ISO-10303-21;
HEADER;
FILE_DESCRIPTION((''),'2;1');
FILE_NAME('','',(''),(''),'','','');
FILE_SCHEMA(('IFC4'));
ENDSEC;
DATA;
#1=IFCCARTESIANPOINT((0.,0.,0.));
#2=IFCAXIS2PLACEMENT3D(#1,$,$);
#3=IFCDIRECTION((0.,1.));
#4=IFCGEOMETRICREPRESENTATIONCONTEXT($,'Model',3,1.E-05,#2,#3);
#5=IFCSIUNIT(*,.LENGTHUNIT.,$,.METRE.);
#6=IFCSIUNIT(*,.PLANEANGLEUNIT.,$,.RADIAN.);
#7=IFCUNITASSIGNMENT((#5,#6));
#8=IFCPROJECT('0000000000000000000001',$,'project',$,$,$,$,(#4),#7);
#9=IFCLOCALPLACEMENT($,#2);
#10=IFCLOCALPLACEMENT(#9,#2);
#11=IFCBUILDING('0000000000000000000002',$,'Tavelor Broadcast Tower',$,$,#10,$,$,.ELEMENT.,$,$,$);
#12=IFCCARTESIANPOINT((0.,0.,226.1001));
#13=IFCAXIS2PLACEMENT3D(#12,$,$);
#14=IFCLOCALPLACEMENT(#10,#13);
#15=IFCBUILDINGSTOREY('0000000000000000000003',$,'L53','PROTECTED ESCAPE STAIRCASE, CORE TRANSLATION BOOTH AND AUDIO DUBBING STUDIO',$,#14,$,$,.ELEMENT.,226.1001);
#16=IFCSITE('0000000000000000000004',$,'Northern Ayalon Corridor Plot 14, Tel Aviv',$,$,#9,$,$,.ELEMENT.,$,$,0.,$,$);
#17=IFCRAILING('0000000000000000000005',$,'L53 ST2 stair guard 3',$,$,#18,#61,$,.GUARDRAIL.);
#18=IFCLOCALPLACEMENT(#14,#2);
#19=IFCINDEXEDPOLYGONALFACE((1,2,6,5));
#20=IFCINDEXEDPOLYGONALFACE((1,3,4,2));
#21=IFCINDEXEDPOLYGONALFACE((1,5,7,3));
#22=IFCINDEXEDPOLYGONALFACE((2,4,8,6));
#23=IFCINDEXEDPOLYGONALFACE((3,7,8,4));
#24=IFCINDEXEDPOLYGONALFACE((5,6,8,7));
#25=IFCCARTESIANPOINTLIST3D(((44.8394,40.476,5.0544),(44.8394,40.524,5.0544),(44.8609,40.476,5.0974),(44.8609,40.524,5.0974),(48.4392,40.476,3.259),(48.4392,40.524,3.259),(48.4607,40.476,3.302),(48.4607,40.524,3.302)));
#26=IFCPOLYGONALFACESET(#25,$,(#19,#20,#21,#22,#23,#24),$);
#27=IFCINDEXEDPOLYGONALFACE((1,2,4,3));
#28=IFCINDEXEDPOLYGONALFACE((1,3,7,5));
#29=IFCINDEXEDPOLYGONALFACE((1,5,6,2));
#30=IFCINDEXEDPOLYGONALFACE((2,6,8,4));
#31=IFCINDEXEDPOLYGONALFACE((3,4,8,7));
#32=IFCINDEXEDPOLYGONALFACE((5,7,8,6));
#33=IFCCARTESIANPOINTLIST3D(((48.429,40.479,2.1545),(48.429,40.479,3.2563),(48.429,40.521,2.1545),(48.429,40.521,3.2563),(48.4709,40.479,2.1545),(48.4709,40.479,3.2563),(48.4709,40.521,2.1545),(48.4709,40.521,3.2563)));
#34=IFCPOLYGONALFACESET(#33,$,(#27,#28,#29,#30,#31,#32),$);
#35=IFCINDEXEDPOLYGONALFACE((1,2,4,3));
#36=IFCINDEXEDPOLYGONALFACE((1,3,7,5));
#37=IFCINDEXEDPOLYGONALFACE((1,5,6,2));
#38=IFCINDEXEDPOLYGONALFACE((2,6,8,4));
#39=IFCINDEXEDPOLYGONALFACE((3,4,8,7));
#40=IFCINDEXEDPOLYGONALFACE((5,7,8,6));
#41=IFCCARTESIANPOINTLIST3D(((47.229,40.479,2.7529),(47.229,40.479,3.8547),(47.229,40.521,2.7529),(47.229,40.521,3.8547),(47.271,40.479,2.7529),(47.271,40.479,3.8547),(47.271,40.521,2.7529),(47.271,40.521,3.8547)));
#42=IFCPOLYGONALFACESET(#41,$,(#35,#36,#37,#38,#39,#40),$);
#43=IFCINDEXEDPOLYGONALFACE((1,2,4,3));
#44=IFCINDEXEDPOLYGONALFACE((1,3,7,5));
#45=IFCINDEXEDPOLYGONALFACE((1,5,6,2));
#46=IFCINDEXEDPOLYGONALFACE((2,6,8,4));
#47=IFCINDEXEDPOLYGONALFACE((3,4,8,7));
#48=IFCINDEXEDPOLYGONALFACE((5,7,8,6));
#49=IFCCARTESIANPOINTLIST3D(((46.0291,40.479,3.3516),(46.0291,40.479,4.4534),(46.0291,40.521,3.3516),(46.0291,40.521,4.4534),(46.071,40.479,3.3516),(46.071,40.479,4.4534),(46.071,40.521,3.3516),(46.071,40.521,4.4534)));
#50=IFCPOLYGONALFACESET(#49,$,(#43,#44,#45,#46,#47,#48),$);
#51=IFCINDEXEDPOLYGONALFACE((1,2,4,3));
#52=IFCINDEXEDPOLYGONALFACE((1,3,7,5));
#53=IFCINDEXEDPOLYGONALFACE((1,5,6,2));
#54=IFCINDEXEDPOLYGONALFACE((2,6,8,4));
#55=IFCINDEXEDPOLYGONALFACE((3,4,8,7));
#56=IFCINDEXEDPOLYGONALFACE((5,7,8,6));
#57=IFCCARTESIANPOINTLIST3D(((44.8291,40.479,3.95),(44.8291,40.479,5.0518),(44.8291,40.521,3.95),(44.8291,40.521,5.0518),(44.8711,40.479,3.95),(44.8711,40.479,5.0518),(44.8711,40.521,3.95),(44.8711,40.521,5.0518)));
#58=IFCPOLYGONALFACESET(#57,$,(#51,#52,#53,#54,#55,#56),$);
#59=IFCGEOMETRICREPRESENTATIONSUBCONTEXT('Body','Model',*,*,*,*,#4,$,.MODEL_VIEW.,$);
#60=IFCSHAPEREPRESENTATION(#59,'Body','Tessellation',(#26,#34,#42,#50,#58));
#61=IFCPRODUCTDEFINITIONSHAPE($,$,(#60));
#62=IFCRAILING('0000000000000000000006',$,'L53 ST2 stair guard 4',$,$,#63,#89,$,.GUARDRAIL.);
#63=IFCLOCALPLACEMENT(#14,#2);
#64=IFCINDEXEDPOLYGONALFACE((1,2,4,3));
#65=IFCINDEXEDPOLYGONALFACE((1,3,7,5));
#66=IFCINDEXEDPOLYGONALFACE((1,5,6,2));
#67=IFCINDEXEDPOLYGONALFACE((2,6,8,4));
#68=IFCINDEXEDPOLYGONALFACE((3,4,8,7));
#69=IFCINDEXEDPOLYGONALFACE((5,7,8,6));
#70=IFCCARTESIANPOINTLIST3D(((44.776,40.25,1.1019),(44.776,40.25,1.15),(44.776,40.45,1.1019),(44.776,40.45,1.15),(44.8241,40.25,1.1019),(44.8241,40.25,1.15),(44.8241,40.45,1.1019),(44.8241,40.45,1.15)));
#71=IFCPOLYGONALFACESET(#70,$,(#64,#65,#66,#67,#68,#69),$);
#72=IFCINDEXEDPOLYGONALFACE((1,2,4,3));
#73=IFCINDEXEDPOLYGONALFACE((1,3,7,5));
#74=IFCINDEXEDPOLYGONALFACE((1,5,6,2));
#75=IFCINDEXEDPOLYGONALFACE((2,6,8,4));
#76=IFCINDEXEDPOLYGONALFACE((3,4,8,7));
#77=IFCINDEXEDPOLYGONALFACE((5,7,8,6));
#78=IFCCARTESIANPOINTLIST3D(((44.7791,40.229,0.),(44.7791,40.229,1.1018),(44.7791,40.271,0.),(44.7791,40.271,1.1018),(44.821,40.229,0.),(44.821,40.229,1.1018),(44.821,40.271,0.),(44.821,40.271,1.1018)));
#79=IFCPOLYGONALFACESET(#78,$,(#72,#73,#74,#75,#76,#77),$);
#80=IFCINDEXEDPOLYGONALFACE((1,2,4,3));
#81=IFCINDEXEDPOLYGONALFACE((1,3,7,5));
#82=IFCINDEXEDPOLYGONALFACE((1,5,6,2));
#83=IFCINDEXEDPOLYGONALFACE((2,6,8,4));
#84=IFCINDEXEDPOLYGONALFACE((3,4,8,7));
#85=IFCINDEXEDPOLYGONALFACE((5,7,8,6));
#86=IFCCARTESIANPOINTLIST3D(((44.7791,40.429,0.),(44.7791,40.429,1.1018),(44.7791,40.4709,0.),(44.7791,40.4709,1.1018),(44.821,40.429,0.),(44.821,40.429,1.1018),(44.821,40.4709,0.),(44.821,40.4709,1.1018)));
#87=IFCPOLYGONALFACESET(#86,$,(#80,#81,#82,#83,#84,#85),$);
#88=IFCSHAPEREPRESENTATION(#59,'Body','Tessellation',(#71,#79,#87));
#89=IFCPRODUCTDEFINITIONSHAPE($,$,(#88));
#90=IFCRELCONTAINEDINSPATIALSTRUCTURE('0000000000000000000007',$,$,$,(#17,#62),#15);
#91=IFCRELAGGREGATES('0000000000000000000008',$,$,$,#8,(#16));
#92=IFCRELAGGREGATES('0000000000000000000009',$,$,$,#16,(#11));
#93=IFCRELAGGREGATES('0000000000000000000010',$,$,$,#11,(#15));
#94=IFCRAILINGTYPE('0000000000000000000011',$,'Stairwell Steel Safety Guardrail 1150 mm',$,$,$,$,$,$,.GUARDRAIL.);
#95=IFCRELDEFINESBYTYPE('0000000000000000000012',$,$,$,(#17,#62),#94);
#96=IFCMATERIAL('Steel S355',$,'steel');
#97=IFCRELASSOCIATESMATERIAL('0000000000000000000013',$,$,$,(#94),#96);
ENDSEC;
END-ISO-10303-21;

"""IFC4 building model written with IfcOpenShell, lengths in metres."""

from ifc_helpers import new_model, si_unit, direction, frame, origin, origin_2d, place, context, subcontext, project, spatial, rectangle, extrude, material, type_object, element, save


model = new_model("IFC4")

# Units and contexts
model_context = context("Model", 3, precision=1e-05, world=origin(), true_north=direction((0.0, 1.0)))
body_context = subcontext(model_context, "Body", "Model", "MODEL_VIEW")
ifc_project = project(units=[si_unit("LENGTHUNIT", "METRE"), si_unit("PLANEANGLEUNIT", "RADIAN")], contexts=[model_context])

# Site, building, storey
site_placement = place(None, origin())
site = spatial("IfcSite", under=ifc_project, at=site_placement, Name="Northern Ayalon Corridor Plot 14, Tel Aviv", CompositionType="ELEMENT", RefElevation=0.0)
building_placement = place(site_placement, origin())
building = spatial("IfcBuilding", under=site, at=building_placement, Name="Tavelor Broadcast Tower", CompositionType="ELEMENT")
storey_placement = place(building_placement, frame((0.0, 0.0, 226.1001)))
storey = spatial("IfcBuildingStorey", under=building, at=storey_placement, Name="L53", Description="PROTECTED ESCAPE STAIRCASE, CORE TRANSLATION BOOTH AND AUDIO DUBBING STUDIO", CompositionType="ELEMENT", Elevation=226.1001)

# Shared definitions
ifc_material_1 = material(Name="Steel S355", Category="steel")

# Railings
railing_type_1 = type_object("IfcRailingType", Name="Stairwell Steel Safety Guardrail 1150 mm", PredefinedType="GUARDRAIL", material=ifc_material_1)
railing_1_placement = place(storey_placement, frame((48.45, 40.5, 2.1545)))
element("IfcRailing", 1, at=railing_1_placement, inside=storey, type_object=railing_type_1, Name="L53 ST2 stair guard 3", PredefinedType="GUARDRAIL", context=body_context, shape_type="SweptSolid", body=[
    extrude(rectangle(XDim=0.0481, YDim=0.0481, at=origin_2d()), frame((0.0, 0.0, 1.126), z_axis=(-0.894876, 0.0, 0.446315), x_axis=(0.0, -1.0, 0.0)), (0.0, 0.0, 1.0), 4.0227),
    extrude(rectangle(XDim=0.042, YDim=0.042, at=origin_2d()), origin(), (0.0, 0.0, 1.0), 1.1018),
    extrude(rectangle(XDim=0.042, YDim=0.042, at=origin_2d()), frame((-1.2, 0.0, 0.5984)), (0.0, 0.0, 1.0), 1.1018),
    extrude(rectangle(XDim=0.042, YDim=0.042, at=origin_2d()), frame((-2.3999, 0.0, 1.197)), (0.0, 0.0, 1.0), 1.1018),
    extrude(rectangle(XDim=0.042, YDim=0.042, at=origin_2d()), frame((-3.5999, 0.0, 1.7954)), (0.0, 0.0, 1.0), 1.1018),
])
railing_2_placement = place(storey_placement, frame((44.8, 40.25, 0.0)))
element("IfcRailing", 2, at=railing_2_placement, inside=storey, type_object=railing_type_1, Name="L53 ST2 stair guard 4", PredefinedType="GUARDRAIL", context=body_context, shape_type="SweptSolid", body=[
    extrude(rectangle(XDim=0.0481, YDim=0.0481, at=origin_2d()), frame((0.0, 0.0, 1.126), z_axis=(0.0, 1.0, 0.0), x_axis=(-1.0, 0.0, 0.0)), (0.0, 0.0, 1.0), 0.2),
    extrude(rectangle(XDim=0.042, YDim=0.042, at=origin_2d()), origin(), (0.0, 0.0, 1.0), 1.1018),
    extrude(rectangle(XDim=0.042, YDim=0.042, at=origin_2d()), frame((0.0, 0.2, 0.0)), (0.0, 0.0, 1.0), 1.1018),
])

save(model, "model.ifc")
